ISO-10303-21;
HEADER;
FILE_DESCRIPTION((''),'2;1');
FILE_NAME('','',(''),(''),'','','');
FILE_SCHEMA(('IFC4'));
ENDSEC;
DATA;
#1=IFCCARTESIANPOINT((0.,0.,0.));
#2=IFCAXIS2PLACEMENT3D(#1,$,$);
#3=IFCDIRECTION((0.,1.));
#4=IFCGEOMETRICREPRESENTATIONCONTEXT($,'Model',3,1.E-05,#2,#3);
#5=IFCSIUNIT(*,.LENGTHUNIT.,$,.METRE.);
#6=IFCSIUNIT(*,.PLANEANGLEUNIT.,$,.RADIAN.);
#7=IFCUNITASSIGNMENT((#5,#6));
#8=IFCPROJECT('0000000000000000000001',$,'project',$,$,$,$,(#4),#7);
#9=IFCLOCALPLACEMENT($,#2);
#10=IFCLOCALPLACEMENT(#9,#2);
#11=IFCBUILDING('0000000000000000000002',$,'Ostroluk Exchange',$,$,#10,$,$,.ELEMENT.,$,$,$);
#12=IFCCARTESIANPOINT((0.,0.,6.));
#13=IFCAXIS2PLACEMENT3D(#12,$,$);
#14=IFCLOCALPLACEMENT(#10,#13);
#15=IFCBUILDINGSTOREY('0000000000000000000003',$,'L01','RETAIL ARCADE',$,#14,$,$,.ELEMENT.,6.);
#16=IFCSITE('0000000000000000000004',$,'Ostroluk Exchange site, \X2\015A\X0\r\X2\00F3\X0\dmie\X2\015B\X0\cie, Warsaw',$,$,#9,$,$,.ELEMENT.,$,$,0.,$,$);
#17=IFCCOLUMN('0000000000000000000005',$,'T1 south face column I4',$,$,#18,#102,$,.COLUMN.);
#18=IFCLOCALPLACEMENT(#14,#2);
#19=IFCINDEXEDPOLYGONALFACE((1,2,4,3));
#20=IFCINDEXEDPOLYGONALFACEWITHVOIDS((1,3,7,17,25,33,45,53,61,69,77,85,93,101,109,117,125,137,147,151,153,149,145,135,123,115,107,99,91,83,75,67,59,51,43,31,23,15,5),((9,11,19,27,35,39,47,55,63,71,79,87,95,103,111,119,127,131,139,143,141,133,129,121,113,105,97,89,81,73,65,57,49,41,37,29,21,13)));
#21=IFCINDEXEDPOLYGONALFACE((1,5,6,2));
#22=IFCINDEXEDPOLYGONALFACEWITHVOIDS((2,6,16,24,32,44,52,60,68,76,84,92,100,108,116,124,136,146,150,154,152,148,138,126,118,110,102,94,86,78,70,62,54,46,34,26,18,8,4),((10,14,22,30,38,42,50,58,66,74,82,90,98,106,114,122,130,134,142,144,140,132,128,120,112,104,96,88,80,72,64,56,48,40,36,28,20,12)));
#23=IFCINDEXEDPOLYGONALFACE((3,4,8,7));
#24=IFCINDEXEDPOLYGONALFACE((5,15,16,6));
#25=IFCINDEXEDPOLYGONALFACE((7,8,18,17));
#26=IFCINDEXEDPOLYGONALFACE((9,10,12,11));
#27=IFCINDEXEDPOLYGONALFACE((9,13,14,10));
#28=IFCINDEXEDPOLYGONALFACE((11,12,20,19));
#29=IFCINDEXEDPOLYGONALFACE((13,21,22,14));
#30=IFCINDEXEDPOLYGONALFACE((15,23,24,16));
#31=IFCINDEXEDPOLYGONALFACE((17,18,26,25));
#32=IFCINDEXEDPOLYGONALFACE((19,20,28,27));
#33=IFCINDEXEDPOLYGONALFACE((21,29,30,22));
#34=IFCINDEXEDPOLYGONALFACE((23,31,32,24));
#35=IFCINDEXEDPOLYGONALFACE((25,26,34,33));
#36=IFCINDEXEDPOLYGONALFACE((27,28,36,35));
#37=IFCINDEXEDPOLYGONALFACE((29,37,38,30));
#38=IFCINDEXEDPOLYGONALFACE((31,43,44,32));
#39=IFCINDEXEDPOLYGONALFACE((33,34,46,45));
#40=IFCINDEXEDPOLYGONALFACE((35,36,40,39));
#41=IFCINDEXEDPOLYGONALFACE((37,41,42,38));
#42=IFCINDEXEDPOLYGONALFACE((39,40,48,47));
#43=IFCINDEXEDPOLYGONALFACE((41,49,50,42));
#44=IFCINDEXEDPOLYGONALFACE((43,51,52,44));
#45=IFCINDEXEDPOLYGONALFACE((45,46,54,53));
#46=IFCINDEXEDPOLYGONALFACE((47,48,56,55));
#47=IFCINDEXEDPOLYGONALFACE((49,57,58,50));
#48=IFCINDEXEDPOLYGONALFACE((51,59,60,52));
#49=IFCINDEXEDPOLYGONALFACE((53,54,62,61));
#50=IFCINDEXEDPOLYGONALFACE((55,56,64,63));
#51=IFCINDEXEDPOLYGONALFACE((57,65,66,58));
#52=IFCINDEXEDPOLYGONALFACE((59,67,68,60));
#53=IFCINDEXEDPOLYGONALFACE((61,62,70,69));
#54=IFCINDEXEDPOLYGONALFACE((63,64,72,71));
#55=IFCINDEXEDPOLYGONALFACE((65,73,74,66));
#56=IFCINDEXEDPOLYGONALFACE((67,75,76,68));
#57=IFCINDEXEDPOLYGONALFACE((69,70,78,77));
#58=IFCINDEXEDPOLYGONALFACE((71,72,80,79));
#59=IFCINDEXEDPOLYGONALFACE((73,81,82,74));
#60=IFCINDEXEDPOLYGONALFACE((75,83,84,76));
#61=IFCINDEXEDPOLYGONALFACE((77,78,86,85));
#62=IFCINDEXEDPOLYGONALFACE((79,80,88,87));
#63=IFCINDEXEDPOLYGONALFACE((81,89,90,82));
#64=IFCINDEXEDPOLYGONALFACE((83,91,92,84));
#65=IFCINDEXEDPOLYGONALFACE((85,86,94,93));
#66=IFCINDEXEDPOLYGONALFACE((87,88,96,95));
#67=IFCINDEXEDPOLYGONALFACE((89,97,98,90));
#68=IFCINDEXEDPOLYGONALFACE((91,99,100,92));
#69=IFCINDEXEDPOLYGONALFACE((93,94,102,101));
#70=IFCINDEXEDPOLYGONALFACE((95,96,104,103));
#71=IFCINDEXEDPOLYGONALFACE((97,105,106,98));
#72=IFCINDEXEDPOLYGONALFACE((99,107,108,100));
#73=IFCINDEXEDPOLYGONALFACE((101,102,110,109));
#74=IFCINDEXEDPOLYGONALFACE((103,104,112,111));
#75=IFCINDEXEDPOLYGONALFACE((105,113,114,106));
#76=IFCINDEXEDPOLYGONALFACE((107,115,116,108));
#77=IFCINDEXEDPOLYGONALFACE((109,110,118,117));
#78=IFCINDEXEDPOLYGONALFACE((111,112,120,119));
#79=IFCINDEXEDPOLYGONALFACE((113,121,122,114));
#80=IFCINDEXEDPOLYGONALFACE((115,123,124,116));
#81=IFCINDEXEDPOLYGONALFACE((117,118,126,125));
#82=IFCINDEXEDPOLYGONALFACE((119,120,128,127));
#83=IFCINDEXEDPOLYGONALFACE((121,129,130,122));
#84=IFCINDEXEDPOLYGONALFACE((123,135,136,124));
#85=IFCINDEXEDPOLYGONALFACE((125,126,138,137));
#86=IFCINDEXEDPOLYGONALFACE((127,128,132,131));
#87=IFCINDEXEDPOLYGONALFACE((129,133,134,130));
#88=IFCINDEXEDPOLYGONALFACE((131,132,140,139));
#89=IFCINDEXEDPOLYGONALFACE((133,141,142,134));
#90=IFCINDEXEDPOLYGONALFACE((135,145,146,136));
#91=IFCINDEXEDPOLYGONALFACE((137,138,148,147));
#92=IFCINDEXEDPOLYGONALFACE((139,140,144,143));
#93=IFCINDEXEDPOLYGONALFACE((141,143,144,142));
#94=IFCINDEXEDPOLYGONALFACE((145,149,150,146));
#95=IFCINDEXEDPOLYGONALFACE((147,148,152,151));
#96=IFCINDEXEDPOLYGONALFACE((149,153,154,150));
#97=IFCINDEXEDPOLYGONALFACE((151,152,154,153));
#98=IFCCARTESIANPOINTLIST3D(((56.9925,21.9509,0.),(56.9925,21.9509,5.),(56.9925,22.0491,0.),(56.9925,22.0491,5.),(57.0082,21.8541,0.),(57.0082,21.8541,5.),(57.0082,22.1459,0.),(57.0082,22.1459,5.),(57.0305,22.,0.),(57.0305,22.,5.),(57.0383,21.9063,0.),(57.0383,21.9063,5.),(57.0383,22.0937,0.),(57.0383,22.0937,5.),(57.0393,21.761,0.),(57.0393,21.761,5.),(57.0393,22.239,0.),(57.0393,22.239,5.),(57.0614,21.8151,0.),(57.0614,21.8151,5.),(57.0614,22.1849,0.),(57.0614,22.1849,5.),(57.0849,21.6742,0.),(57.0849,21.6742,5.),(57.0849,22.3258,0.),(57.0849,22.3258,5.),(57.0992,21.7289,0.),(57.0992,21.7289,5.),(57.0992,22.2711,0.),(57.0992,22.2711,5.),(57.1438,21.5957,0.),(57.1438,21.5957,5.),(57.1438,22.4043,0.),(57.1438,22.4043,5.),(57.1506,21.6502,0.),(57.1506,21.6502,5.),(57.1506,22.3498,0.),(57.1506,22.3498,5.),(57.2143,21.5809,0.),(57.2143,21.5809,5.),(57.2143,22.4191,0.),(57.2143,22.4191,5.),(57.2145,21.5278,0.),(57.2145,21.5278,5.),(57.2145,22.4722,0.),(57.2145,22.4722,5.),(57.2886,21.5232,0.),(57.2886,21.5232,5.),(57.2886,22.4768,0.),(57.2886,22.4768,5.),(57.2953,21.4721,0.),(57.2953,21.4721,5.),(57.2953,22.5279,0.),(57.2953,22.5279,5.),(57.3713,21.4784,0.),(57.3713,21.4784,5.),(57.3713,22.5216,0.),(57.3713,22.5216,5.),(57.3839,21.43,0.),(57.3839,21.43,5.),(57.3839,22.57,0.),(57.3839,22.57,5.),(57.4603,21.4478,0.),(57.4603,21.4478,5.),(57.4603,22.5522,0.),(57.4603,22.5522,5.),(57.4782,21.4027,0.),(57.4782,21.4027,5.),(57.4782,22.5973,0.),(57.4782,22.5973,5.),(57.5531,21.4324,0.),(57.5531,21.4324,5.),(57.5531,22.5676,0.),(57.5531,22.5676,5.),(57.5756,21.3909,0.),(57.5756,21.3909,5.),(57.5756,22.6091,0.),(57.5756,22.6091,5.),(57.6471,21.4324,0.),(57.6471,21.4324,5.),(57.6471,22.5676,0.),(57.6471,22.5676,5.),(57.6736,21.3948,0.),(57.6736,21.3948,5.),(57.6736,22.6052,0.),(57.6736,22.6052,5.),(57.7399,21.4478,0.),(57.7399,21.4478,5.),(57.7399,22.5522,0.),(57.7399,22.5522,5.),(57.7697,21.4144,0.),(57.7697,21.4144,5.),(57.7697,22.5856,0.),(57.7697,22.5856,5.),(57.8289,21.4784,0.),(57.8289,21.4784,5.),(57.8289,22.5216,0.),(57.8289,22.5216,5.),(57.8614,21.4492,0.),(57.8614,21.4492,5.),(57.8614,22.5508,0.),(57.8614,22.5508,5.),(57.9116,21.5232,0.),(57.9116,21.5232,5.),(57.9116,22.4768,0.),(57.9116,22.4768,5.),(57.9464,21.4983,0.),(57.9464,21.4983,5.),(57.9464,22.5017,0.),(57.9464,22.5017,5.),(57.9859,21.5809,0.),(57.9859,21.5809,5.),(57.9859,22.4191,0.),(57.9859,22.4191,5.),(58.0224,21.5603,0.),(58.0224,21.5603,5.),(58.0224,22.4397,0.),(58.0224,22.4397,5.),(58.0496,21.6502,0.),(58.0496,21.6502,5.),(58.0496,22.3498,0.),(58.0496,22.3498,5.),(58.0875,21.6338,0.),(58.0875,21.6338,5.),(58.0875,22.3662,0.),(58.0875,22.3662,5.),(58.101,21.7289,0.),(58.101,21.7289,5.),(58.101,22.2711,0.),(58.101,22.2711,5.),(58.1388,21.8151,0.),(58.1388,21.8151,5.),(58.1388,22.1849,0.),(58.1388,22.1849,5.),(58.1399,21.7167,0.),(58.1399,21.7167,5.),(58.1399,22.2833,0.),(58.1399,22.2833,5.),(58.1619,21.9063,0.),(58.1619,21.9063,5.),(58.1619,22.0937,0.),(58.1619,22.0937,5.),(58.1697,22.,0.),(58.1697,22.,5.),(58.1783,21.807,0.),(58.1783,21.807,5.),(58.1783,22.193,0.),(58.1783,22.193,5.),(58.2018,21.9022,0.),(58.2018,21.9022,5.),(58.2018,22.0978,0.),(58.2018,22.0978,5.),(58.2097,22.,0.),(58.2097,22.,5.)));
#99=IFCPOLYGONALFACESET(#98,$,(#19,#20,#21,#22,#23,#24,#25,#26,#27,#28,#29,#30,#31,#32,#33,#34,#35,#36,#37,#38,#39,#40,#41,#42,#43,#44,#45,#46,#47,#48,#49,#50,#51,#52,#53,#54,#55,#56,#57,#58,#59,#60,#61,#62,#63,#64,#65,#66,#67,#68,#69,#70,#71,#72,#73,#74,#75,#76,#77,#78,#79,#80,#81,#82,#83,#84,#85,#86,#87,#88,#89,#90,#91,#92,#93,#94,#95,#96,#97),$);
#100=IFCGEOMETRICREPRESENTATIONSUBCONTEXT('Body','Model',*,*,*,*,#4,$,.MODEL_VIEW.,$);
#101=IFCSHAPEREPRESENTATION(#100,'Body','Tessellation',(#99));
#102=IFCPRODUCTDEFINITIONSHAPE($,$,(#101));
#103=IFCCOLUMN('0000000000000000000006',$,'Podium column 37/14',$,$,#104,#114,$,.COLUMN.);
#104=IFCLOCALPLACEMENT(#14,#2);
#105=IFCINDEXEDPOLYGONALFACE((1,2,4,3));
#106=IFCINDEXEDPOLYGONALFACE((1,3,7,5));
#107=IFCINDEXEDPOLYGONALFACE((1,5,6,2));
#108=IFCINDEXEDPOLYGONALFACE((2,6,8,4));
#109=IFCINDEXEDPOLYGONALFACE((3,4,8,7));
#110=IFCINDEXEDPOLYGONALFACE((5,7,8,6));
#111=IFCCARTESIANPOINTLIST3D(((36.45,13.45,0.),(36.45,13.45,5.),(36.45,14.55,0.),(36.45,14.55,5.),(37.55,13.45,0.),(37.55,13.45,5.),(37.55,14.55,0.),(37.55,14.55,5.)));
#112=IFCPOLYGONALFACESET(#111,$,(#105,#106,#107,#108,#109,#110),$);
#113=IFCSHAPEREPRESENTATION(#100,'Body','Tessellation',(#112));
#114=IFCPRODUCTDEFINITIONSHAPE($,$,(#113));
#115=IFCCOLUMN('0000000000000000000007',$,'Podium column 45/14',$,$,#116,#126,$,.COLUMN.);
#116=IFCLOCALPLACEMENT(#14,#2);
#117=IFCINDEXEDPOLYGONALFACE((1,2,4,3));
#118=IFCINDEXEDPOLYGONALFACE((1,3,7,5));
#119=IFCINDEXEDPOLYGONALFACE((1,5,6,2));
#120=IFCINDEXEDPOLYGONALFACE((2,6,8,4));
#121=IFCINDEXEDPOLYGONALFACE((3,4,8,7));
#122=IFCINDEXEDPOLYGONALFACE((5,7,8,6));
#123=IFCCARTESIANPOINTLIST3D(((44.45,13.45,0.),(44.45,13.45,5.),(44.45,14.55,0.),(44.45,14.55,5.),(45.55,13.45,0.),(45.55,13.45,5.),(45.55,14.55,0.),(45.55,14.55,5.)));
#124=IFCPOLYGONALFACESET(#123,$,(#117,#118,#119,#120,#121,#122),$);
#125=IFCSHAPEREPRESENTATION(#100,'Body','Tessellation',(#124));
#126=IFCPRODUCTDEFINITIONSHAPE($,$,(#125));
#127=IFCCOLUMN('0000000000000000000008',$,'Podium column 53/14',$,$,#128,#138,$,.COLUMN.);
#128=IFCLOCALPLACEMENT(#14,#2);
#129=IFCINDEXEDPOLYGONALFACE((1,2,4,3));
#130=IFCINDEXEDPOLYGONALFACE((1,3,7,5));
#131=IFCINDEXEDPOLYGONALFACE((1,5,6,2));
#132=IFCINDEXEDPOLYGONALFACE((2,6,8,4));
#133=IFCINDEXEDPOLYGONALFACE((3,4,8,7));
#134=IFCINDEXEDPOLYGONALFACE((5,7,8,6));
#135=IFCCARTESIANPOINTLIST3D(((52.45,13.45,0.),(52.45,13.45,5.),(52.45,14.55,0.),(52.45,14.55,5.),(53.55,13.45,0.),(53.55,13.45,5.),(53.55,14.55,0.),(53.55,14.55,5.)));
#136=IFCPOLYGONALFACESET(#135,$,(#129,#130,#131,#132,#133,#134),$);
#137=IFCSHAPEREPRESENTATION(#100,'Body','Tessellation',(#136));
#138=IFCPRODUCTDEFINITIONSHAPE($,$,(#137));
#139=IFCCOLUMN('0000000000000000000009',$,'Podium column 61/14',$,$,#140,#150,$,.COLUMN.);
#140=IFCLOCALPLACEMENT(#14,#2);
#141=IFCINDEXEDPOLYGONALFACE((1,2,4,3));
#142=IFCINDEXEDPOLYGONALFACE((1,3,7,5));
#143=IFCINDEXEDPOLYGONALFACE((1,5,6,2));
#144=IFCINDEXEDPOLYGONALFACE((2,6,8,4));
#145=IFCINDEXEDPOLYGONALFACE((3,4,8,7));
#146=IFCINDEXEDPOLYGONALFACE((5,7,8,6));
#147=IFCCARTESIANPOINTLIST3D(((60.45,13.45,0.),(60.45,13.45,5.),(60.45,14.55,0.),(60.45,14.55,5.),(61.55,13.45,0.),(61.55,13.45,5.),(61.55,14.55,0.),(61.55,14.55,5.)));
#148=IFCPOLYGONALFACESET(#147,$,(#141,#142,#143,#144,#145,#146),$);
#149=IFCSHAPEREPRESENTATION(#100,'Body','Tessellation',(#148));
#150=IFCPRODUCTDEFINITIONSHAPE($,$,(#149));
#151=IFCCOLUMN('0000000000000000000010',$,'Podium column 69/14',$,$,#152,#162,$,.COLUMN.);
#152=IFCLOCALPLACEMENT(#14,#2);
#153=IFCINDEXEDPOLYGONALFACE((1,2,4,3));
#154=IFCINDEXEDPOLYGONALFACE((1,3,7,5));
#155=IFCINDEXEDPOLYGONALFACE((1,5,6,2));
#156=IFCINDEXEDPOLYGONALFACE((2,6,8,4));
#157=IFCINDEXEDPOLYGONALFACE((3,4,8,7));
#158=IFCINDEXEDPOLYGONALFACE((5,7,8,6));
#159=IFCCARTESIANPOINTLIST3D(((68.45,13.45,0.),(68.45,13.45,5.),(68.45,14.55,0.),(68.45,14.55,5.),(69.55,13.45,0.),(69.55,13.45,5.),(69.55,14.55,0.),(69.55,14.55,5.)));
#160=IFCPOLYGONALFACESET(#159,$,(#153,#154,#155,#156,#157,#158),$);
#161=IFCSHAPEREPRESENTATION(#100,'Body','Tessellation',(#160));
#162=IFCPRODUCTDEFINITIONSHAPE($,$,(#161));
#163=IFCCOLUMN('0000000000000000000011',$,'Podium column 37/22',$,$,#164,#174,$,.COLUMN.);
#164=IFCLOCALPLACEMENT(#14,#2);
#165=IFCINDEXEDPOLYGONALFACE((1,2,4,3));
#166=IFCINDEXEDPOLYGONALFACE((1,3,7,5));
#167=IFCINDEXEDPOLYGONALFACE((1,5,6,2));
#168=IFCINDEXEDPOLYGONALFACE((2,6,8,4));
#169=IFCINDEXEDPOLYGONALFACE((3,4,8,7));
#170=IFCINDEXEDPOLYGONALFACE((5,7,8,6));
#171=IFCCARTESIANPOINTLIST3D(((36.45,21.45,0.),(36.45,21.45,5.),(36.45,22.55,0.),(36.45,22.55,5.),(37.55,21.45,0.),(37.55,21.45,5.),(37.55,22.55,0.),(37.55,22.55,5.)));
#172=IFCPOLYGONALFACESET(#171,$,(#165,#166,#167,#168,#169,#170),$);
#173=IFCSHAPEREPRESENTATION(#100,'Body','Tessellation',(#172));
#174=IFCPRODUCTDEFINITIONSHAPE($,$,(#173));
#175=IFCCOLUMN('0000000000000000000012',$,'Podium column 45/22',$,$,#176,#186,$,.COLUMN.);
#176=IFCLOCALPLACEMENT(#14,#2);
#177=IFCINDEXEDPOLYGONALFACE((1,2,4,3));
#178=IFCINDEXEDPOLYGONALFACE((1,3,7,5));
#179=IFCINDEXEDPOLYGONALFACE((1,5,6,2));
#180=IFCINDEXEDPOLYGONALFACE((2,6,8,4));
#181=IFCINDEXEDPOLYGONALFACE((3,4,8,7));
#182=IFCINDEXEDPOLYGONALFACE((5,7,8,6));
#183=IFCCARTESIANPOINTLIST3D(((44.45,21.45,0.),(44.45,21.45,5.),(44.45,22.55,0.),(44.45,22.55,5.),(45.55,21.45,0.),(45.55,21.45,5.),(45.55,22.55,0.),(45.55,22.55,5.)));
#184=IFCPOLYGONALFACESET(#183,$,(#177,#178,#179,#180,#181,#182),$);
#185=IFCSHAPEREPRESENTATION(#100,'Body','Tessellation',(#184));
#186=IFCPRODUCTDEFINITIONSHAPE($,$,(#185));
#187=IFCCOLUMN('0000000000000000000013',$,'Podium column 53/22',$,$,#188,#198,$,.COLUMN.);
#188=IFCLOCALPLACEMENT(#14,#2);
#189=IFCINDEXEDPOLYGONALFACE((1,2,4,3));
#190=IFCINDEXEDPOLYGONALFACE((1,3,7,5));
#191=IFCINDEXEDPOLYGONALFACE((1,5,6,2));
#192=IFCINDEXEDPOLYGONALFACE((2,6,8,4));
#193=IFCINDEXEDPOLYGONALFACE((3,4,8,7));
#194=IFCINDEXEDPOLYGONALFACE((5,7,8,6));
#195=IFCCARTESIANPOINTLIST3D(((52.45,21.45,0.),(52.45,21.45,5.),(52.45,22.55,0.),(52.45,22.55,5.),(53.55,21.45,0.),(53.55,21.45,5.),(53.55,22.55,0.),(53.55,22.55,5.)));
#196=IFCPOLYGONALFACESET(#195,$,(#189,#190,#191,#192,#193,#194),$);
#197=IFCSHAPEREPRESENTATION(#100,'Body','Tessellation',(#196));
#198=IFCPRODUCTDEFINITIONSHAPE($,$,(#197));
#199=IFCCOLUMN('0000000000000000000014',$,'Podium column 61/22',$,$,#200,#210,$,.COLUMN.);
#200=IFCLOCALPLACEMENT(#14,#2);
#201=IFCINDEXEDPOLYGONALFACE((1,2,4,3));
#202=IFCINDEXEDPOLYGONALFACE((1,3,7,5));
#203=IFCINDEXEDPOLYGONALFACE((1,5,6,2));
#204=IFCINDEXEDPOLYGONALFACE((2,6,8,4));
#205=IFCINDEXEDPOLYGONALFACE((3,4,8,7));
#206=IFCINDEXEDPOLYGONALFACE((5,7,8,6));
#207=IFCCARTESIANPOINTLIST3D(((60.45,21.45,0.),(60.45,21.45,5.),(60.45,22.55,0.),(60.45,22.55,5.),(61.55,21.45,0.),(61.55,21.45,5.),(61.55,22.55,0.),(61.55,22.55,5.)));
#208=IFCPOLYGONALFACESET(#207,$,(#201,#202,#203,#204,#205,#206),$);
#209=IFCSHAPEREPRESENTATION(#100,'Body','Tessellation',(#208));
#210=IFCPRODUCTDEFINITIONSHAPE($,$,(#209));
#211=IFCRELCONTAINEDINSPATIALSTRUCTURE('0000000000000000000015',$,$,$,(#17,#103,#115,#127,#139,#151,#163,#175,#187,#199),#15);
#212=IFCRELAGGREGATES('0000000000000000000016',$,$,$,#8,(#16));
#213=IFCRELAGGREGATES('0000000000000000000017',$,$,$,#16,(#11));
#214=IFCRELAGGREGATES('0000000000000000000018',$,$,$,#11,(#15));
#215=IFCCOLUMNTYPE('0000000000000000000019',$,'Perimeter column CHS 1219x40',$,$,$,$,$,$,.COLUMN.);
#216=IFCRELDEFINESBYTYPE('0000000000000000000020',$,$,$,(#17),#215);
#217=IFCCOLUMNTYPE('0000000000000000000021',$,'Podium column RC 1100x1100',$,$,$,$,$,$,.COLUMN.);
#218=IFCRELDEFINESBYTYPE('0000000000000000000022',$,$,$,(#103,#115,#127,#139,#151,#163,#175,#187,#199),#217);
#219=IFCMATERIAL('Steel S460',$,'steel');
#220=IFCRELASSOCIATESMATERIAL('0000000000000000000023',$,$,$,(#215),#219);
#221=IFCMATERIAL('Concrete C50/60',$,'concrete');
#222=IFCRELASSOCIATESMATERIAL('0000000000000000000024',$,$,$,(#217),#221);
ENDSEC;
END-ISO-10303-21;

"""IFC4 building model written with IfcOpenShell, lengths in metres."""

from ifc_helpers import new_model, si_unit, direction, frame, origin, origin_2d, place, context, subcontext, project, spatial, rectangle, hollow_circle, extrude, material, material_profile, profile_set, type_object, element, save


model = new_model("IFC4")

# Units and contexts
model_context = context("Model", 3, precision=1e-05, world=origin(), true_north=direction((0.0, 1.0)))
body_context = subcontext(model_context, "Body", "Model", "MODEL_VIEW")
ifc_project = project(units=[si_unit("LENGTHUNIT", "METRE"), si_unit("PLANEANGLEUNIT", "RADIAN")], contexts=[model_context])

# Site, building, storey
site_placement = place(None, origin())
site = spatial("IfcSite", under=ifc_project, at=site_placement, Name="Ostroluk Exchange site, Śródmieście, Warsaw", CompositionType="ELEMENT", RefElevation=0.0)
building_placement = place(site_placement, origin())
building = spatial("IfcBuilding", under=site, at=building_placement, Name="Ostroluk Exchange", CompositionType="ELEMENT")
storey_placement = place(building_placement, frame((0.0, 0.0, 6.0)))
storey = spatial("IfcBuildingStorey", under=building, at=storey_placement, Name="L01", Description="RETAIL ARCADE", CompositionType="ELEMENT", Elevation=6.0)

# Columns
ifc_material_1 = material(Name="Steel S460", Category="steel")
ifc_material_profile_1 = material_profile(ifc_material_1, hollow_circle(Radius=0.6096, WallThickness=0.04, at=origin_2d()), Name="CHS 1219x40")
ifc_profile_set_1 = profile_set([ifc_material_profile_1], Name="Steel S460")
column_type_1 = type_object("IfcColumnType", Name="Perimeter column CHS 1219x40", PredefinedType="COLUMN", material=ifc_profile_set_1)
for number, where, z_axis, x_axis, name in (
    (1, (57.6001, 22.0, 0.0), (0.0, 0.0, 1.0), (1.0, 0.0, 0.0), "T1 south face column I4"),
):
    element("IfcColumn", number, at=place(storey_placement, frame(where, z_axis=z_axis, x_axis=x_axis)), inside=storey, type_object=column_type_1, Name=name, PredefinedType="COLUMN", context=body_context, shape_type="SweptSolid", body=[
        extrude(hollow_circle(Radius=0.6096, WallThickness=0.04, at=origin_2d()), origin(), (0.0, 0.0, 1.0), 5.0),
    ])
ifc_material_2 = material(Name="Concrete C50/60", Category="concrete")
ifc_material_profile_2 = material_profile(ifc_material_2, rectangle(XDim=1.1001, YDim=1.1001, at=origin_2d()), Name="RC 1100x1100")
ifc_profile_set_2 = profile_set([ifc_material_profile_2], Name="Concrete C50/60")
column_type_2 = type_object("IfcColumnType", Name="Podium column RC 1100x1100", PredefinedType="COLUMN", material=ifc_profile_set_2)
for number, where, z_axis, x_axis, name in (
    (2, (37.0, 14.0, 0.0), (0.0, 0.0, 1.0), (1.0, 0.0, 0.0), "Podium column 37/14"),
    (3, (45.0, 14.0, 0.0), (0.0, 0.0, 1.0), (1.0, 0.0, 0.0), "Podium column 45/14"),
    (4, (53.0, 14.0, 0.0), (0.0, 0.0, 1.0), (1.0, 0.0, 0.0), "Podium column 53/14"),
    (5, (61.0, 14.0, 0.0), (0.0, 0.0, 1.0), (1.0, 0.0, 0.0), "Podium column 61/14"),
    (6, (69.0, 14.0, 0.0), (0.0, 0.0, 1.0), (1.0, 0.0, 0.0), "Podium column 69/14"),
    (7, (37.0, 22.0, 0.0), (0.0, 0.0, 1.0), (1.0, 0.0, 0.0), "Podium column 37/22"),
    (8, (45.0, 22.0, 0.0), (0.0, 0.0, 1.0), (1.0, 0.0, 0.0), "Podium column 45/22"),
    (9, (53.0, 22.0, 0.0), (0.0, 0.0, 1.0), (1.0, 0.0, 0.0), "Podium column 53/22"),
    (10, (61.0, 22.0, 0.0), (0.0, 0.0, 1.0), (1.0, 0.0, 0.0), "Podium column 61/22"),
):
    element("IfcColumn", number, at=place(storey_placement, frame(where, z_axis=z_axis, x_axis=x_axis)), inside=storey, type_object=column_type_2, Name=name, PredefinedType="COLUMN", context=body_context, shape_type="SweptSolid", body=[
        extrude(rectangle(XDim=1.1001, YDim=1.1001, at=origin_2d()), origin(), (0.0, 0.0, 1.0), 5.0),
    ])

save(model, "model.ifc")
